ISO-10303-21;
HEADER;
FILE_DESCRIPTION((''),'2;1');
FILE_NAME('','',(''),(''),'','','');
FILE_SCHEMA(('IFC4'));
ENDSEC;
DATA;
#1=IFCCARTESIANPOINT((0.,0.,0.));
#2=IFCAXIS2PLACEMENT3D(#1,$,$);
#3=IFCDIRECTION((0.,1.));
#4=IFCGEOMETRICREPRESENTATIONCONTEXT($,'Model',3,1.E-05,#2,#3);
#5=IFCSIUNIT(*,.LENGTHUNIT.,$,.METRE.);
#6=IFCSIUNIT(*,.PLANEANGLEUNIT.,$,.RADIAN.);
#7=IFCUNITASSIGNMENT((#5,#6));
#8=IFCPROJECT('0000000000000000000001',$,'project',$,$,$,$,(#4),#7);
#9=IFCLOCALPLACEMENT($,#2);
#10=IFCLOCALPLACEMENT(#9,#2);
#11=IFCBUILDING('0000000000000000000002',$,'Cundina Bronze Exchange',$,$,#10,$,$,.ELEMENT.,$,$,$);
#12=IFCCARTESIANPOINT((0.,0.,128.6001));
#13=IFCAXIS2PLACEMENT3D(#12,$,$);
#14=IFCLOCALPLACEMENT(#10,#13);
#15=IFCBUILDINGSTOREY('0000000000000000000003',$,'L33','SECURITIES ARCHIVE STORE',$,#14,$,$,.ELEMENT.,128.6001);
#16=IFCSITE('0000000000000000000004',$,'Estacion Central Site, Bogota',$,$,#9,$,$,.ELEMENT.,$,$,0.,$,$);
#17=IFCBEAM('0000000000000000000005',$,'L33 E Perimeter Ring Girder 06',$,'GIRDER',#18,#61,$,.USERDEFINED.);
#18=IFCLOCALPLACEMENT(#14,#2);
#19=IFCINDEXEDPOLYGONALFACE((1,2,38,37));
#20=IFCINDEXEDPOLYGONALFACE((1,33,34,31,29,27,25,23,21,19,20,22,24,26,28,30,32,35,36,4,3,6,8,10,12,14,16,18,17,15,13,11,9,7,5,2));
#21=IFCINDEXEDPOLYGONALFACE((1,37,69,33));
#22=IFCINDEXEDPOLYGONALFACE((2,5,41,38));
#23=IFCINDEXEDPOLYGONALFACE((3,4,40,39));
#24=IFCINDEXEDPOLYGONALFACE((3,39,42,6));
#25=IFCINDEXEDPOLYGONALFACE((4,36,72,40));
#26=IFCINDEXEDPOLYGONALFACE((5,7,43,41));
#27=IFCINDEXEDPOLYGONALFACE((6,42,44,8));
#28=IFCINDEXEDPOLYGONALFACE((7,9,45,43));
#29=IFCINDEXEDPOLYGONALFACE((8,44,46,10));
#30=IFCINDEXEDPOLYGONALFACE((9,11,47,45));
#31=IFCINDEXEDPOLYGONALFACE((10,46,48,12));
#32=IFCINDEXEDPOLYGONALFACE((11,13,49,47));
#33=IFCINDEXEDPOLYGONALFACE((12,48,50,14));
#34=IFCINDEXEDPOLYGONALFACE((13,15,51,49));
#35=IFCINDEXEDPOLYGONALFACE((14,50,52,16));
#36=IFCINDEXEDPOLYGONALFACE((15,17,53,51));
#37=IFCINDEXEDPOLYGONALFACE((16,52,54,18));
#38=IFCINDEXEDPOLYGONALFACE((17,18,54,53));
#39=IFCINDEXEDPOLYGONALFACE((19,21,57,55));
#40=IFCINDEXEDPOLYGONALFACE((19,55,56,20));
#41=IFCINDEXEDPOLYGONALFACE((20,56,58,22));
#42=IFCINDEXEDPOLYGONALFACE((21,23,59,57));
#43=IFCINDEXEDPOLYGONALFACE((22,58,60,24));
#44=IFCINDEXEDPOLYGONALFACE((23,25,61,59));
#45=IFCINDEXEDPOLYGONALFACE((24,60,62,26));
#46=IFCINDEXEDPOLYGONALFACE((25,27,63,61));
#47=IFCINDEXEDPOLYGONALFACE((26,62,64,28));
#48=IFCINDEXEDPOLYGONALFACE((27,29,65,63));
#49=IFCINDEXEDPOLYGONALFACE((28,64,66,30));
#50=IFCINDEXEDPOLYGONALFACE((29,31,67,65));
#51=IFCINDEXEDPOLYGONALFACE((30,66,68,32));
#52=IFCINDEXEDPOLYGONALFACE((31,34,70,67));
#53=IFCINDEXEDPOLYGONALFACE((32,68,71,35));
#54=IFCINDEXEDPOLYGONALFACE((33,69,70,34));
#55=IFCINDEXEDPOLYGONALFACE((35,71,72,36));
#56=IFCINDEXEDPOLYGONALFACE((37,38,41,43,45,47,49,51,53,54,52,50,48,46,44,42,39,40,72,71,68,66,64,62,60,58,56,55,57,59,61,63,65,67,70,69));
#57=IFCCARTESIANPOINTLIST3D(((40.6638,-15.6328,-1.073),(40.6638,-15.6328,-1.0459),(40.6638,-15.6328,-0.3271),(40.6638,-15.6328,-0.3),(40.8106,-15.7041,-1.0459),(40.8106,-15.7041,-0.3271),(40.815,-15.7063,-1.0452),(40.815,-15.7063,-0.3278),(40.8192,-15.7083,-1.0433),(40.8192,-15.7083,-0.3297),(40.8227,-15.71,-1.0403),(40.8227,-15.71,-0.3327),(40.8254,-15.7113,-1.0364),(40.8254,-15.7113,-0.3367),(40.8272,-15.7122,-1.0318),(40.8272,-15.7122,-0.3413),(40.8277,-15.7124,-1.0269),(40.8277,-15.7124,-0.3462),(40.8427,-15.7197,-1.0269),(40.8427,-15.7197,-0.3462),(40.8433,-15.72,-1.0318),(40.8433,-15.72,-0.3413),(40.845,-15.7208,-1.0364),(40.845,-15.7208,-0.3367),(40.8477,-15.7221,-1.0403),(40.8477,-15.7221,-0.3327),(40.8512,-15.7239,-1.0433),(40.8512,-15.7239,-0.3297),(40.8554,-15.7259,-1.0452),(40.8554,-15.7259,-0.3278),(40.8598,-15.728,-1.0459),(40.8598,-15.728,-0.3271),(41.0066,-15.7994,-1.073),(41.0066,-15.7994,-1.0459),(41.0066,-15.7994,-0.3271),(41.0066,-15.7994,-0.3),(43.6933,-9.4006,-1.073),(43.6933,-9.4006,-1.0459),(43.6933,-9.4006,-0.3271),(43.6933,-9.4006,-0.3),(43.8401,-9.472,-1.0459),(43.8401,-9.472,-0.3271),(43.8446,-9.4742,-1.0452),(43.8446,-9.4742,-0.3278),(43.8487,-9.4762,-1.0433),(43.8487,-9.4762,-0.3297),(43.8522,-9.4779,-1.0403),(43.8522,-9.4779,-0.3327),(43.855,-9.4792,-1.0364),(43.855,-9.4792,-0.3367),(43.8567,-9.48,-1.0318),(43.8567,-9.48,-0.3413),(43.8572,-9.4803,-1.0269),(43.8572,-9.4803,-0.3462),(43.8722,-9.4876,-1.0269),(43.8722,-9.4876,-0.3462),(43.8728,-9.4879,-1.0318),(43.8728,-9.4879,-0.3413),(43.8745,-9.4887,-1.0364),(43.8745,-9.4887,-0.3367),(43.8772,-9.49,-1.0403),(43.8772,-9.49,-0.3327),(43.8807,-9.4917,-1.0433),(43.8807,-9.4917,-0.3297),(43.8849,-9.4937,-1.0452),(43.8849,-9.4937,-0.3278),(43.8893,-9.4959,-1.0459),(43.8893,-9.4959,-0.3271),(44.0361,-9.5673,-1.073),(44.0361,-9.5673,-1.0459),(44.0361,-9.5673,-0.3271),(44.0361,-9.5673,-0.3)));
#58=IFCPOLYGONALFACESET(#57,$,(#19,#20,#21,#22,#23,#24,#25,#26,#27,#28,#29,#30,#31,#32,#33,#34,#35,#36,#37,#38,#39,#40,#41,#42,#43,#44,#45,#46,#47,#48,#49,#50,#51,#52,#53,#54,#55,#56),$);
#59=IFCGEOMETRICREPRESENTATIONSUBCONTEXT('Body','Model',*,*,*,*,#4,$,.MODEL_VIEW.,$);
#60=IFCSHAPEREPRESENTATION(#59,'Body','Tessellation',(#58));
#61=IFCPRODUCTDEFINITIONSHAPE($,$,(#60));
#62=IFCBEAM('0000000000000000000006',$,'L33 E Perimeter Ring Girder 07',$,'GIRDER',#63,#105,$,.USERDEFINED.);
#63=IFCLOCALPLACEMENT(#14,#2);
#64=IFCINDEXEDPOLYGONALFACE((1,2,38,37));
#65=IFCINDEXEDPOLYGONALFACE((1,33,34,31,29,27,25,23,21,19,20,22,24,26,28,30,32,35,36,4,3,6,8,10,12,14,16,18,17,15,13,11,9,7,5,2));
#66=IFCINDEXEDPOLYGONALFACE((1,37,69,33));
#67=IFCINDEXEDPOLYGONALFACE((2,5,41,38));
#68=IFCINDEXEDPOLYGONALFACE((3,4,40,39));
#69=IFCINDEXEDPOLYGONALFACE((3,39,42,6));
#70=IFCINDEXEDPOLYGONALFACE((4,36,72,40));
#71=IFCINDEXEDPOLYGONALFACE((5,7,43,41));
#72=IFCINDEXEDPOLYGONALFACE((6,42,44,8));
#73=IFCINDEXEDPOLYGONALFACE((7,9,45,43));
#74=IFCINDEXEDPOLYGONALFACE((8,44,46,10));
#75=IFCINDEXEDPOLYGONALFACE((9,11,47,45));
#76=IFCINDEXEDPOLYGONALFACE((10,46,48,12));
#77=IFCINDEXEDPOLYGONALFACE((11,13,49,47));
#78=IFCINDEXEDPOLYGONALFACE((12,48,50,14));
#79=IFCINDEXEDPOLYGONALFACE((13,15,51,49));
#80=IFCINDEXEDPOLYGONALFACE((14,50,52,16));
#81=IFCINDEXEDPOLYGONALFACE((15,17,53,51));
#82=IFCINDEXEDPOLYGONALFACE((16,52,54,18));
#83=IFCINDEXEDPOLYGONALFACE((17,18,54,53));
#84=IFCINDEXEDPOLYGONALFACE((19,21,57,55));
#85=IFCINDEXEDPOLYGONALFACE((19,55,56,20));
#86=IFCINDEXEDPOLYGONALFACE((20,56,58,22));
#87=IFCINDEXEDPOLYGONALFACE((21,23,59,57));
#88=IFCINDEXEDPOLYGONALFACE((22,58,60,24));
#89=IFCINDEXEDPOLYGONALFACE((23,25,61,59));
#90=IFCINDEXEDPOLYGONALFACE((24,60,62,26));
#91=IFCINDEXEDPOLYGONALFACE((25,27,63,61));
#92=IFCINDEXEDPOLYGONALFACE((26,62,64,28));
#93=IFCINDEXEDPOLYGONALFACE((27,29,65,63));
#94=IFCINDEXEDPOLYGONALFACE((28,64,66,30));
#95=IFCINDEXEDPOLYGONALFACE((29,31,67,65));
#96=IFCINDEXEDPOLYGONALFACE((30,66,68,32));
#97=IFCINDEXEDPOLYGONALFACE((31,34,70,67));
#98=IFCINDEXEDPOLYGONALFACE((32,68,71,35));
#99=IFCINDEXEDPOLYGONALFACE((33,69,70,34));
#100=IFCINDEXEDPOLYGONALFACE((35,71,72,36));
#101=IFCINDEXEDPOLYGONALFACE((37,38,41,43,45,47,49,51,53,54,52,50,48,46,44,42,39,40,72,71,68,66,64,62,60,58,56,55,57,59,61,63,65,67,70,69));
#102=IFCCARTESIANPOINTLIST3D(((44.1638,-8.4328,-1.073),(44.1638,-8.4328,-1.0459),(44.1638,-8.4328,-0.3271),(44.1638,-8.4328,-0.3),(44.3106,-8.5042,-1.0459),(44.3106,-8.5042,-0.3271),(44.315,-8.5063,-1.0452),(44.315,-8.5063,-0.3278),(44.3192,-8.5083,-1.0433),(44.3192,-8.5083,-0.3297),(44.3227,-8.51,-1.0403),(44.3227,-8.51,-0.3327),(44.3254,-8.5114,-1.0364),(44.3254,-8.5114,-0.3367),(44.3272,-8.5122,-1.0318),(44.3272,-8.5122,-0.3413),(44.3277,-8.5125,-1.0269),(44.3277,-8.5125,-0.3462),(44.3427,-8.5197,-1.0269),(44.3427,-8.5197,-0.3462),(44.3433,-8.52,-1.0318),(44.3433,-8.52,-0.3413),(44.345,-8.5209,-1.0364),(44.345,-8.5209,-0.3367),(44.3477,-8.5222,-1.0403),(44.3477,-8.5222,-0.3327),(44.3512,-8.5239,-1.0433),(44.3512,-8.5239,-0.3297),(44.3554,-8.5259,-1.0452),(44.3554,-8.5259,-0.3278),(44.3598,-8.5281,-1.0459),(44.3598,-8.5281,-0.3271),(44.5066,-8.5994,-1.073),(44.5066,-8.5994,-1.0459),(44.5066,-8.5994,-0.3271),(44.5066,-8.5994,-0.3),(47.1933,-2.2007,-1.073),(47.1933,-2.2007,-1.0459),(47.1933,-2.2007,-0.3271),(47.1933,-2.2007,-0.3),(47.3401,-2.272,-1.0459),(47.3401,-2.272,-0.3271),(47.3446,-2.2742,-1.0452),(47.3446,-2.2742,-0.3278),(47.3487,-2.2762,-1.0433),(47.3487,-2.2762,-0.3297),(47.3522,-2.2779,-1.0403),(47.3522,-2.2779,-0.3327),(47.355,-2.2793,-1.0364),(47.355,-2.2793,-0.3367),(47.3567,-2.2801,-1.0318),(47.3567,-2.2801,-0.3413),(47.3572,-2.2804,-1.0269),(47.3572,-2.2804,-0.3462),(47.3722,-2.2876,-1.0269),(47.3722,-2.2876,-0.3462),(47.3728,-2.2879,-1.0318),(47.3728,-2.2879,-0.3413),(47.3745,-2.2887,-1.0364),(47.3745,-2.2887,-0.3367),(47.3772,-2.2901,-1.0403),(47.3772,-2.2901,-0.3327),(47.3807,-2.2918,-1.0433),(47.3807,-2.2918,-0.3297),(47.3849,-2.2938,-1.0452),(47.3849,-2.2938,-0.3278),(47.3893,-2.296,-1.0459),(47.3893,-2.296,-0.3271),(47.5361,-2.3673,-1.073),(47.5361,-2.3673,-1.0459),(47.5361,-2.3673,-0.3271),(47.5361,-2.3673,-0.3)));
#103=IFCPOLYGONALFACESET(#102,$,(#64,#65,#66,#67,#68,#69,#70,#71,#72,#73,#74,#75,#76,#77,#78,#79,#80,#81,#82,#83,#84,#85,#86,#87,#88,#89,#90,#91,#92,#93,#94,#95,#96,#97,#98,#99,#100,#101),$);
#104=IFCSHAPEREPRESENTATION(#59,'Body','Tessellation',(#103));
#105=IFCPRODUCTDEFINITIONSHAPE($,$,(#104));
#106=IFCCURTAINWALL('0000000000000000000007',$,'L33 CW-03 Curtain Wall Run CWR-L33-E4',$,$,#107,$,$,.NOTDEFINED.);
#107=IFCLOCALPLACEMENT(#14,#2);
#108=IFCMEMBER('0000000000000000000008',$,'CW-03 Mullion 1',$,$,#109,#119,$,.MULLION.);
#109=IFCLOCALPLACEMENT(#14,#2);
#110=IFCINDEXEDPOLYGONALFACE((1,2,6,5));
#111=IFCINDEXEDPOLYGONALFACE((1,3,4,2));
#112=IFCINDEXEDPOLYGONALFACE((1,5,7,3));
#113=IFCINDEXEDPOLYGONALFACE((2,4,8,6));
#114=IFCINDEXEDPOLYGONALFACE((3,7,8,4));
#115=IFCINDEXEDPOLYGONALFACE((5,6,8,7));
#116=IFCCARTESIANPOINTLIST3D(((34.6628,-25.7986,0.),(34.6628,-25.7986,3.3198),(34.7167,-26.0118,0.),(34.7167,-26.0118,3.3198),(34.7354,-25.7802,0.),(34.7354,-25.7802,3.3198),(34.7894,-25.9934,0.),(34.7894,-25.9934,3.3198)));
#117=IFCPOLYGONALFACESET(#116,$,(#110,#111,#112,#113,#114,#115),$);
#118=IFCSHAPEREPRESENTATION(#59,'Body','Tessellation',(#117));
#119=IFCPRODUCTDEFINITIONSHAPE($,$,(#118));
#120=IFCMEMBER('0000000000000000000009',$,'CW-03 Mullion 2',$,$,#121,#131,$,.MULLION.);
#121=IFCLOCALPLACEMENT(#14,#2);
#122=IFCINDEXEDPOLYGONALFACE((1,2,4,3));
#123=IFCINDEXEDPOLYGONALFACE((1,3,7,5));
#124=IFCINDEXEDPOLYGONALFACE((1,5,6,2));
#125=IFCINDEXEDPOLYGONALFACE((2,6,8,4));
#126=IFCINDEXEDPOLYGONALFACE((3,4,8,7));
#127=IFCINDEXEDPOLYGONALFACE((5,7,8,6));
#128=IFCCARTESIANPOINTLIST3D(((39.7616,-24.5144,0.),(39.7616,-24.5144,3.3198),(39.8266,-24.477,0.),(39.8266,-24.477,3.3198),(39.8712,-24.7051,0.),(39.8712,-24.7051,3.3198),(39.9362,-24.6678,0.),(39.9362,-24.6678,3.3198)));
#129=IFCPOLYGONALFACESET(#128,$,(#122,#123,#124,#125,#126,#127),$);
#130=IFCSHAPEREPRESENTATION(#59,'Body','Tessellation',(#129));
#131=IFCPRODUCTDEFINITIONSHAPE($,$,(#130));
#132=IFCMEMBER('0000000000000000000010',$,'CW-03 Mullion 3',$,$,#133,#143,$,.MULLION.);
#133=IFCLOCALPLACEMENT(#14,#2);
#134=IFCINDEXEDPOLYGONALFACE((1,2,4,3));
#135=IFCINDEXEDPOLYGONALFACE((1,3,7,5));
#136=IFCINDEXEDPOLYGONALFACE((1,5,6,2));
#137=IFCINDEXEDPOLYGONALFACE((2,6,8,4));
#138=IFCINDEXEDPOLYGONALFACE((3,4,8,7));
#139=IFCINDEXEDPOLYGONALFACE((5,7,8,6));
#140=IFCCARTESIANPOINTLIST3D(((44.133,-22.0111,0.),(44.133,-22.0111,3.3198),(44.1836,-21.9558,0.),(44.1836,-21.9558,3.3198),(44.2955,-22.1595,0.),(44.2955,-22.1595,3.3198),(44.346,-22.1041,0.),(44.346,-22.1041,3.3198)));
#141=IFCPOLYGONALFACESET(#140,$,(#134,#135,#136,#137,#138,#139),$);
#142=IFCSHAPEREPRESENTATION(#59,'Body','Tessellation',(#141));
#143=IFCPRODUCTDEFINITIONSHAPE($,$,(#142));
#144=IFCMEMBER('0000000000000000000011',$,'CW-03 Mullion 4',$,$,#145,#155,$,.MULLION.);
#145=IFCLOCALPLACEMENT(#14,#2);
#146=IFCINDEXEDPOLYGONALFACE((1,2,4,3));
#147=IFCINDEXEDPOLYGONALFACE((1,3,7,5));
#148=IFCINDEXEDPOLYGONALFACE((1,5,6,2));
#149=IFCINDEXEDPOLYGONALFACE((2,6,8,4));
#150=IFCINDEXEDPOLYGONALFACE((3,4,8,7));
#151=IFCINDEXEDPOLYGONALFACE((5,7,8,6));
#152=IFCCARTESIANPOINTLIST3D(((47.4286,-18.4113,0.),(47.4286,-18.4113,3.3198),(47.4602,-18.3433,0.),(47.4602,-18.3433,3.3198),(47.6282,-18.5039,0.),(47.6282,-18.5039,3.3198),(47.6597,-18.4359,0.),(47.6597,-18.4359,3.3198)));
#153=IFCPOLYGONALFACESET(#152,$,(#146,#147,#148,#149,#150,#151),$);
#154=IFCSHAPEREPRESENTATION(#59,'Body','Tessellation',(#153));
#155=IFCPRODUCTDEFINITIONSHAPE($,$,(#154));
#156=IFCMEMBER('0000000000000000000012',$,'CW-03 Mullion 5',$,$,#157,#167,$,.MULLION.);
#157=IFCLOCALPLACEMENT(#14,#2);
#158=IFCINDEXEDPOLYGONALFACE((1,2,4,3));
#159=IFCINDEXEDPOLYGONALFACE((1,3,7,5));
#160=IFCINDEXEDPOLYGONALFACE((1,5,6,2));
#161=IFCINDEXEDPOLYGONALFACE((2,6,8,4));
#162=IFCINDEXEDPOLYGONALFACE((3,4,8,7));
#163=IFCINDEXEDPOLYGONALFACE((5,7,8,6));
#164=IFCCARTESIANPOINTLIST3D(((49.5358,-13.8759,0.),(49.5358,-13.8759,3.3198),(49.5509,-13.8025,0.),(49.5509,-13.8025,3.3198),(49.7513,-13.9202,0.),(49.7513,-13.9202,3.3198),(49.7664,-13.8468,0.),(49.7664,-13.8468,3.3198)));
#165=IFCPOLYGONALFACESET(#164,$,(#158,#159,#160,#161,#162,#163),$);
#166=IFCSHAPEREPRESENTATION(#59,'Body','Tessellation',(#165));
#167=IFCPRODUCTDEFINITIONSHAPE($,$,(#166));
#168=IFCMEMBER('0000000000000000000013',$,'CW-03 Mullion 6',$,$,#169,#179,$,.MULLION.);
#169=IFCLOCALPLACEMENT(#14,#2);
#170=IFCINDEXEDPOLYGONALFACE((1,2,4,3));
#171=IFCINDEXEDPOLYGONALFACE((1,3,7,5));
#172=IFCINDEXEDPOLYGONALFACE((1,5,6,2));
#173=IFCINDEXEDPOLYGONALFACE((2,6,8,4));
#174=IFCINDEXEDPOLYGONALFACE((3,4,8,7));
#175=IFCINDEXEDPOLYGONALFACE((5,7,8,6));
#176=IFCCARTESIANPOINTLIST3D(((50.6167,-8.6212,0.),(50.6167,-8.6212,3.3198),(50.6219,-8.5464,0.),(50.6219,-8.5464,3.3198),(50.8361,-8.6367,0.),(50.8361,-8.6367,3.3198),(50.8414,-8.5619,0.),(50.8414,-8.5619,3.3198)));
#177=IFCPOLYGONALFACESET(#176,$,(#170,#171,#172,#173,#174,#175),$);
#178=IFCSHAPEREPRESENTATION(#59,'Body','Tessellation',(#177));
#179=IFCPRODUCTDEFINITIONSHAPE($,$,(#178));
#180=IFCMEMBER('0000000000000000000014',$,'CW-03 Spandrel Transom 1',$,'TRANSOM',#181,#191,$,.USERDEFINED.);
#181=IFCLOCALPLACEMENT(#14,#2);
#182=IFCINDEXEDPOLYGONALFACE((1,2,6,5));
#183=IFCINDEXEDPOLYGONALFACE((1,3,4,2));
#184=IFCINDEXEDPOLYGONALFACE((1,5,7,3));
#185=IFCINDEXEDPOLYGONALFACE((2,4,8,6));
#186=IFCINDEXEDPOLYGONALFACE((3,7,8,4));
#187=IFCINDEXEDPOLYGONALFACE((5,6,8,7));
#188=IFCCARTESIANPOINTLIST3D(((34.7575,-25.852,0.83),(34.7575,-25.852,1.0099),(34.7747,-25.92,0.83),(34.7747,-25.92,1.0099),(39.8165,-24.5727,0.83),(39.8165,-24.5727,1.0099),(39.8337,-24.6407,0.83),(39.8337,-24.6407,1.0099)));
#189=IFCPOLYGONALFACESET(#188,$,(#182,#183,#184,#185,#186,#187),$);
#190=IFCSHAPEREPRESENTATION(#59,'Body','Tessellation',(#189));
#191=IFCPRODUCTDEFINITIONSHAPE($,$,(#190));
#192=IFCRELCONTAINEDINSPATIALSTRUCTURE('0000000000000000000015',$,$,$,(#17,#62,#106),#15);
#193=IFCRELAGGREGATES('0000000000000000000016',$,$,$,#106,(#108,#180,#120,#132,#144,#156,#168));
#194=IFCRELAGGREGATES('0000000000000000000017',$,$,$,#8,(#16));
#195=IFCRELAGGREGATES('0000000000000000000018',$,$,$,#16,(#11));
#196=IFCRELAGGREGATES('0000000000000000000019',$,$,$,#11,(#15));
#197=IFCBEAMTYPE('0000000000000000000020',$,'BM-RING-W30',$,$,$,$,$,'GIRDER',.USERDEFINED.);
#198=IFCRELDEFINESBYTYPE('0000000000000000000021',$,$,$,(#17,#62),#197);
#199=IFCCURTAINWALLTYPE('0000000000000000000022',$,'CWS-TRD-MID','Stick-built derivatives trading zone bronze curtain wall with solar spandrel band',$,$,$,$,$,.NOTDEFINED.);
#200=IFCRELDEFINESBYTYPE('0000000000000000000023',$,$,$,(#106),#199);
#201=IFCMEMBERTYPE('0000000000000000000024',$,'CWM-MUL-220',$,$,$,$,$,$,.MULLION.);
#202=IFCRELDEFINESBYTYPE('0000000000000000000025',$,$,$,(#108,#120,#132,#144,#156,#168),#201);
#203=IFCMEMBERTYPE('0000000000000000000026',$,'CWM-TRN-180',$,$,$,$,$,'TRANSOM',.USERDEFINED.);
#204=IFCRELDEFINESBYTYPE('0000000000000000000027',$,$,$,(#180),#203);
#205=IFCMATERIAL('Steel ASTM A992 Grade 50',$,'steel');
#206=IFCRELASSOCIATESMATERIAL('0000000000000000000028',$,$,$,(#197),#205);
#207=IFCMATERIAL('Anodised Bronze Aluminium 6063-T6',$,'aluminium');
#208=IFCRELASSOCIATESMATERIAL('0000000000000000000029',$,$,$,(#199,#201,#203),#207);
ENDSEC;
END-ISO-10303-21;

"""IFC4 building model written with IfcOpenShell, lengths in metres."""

from ifc_helpers import new_model, si_unit, direction, frame, origin, origin_2d, place, context, subcontext, project, spatial, rectangle, i_section, extrude, material, material_profile, profile_set, type_object, element, aggregate, save


model = new_model("IFC4")

# Units and contexts
model_context = context("Model", 3, precision=1e-05, world=origin(), true_north=direction((0.0, 1.0)))
body_context = subcontext(model_context, "Body", "Model", "MODEL_VIEW")
ifc_project = project(units=[si_unit("LENGTHUNIT", "METRE"), si_unit("PLANEANGLEUNIT", "RADIAN")], contexts=[model_context])

# Site, building, storey
site_placement = place(None, origin())
site = spatial("IfcSite", under=ifc_project, at=site_placement, Name="Estacion Central Site, Bogota", CompositionType="ELEMENT", RefElevation=0.0)
building_placement = place(site_placement, origin())
building = spatial("IfcBuilding", under=site, at=building_placement, Name="Cundina Bronze Exchange", CompositionType="ELEMENT")
storey_placement = place(building_placement, frame((0.0, 0.0, 128.6001)))
storey = spatial("IfcBuildingStorey", under=building, at=storey_placement, Name="L33", Description="SECURITIES ARCHIVE STORE", CompositionType="ELEMENT", Elevation=128.6001)

# Beams
ifc_material_1 = material(Name="Steel ASTM A992 Grade 50", Category="steel")
ifc_material_profile_1 = material_profile(ifc_material_1, i_section(OverallWidth=0.3811, OverallDepth=0.7729, WebThickness=0.0166, FlangeThickness=0.0271, FilletRadius=0.019, at=origin_2d()), Name="W30X173", Category="steel")
ifc_profile_set_1 = profile_set([ifc_material_profile_1], Name="Steel ASTM A992 Grade 50")
beam_type_1 = type_object("IfcBeamType", Name="BM-RING-W30", ElementType="GIRDER", PredefinedType="USERDEFINED", material=ifc_profile_set_1)
for number, where, z_axis, x_axis, name in (
    (1, (40.8352, -15.7161, -0.6865), (0.437194, 0.899367, 0.0), (-0.899367, 0.437194, 0.0), "L33 E Perimeter Ring Girder 06"),
    (2, (44.3352, -8.5161, -0.6865), (0.437194, 0.899367, 0.0), (-0.899367, 0.437194, 0.0), "L33 E Perimeter Ring Girder 07"),
):
    element("IfcBeam", number, at=place(storey_placement, frame(where, z_axis=z_axis, x_axis=x_axis)), inside=storey, type_object=beam_type_1, Name=name, ObjectType="GIRDER", PredefinedType="USERDEFINED", context=body_context, shape_type="SweptSolid", body=[
        extrude(i_section(OverallWidth=0.3811, OverallDepth=0.7729, WebThickness=0.0166, FlangeThickness=0.0271, FilletRadius=0.019, at=origin_2d()), origin(), (0.0, 0.0, 1.0), 6.9294),
    ])

# Curtain wall, members
ifc_material_2 = material(Name="Anodised Bronze Aluminium 6063-T6", Category="aluminium")
curtain_wall_type = type_object("IfcCurtainWallType", Name="CWS-TRD-MID", Description="Stick-built derivatives trading zone bronze curtain wall with solar spandrel band", PredefinedType="NOTDEFINED", material=ifc_material_2)
curtain_wall_placement = place(storey_placement, origin())
curtain_wall = element("IfcCurtainWall", 3, at=curtain_wall_placement, inside=storey, type_object=curtain_wall_type, Name="L33 CW-03 Curtain Wall Run CWR-L33-E4", PredefinedType="NOTDEFINED")
ifc_material_profile_2 = material_profile(ifc_material_2, rectangle(XDim=0.075, YDim=0.22, at=origin_2d()), Name="AL75X220", Category="aluminium")
ifc_profile_set_2 = profile_set([ifc_material_profile_2], Name="Anodised Bronze Aluminium 6063-T6")
member_type_1 = type_object("IfcMemberType", Name="CWM-MUL-220", PredefinedType="MULLION", material=ifc_profile_set_2)
member_1_placement = place(storey_placement, frame((34.7261, -25.896, 0.0), z_axis=(0.0, 0.0, 1.0), x_axis=(0.969488, 0.245138, 0.0)))
member_1 = element("IfcMember", 4, at=member_1_placement, type_object=member_type_1, Name="CW-03 Mullion 1", PredefinedType="MULLION", context=body_context, shape_type="SweptSolid", body=[
    extrude(rectangle(XDim=0.075, YDim=0.22, at=origin_2d()), origin(), (0.0, 0.0, 1.0), 3.3198),
])
member_2_placement = place(storey_placement, frame((39.8489, -24.5911, 0.0), z_axis=(0.0, 0.0, 1.0), x_axis=(0.867071, 0.498185, 0.0)))
member_2 = element("IfcMember", 5, at=member_2_placement, type_object=member_type_1, Name="CW-03 Mullion 2", PredefinedType="MULLION", context=body_context, shape_type="SweptSolid", body=[
    extrude(rectangle(XDim=0.075, YDim=0.22, at=origin_2d()), origin(), (0.0, 0.0, 1.0), 3.3198),
])
member_3_placement = place(storey_placement, frame((44.2395, -22.0576, 0.0), z_axis=(0.0, 0.0, 1.0), x_axis=(0.674302, 0.738455, 0.0)))
member_3 = element("IfcMember", 6, at=member_3_placement, type_object=member_type_1, Name="CW-03 Mullion 3", PredefinedType="MULLION", context=body_context, shape_type="SweptSolid", body=[
    extrude(rectangle(XDim=0.075, YDim=0.22, at=origin_2d()), origin(), (0.0, 0.0, 1.0), 3.3198),
])
member_4_placement = place(storey_placement, frame((47.5442, -18.4236, 0.0), z_axis=(0.0, 0.0, 1.0), x_axis=(0.420877, 0.907117, 0.0)))
member_4 = element("IfcMember", 7, at=member_4_placement, type_object=member_type_1, Name="CW-03 Mullion 4", PredefinedType="MULLION", context=body_context, shape_type="SweptSolid", body=[
    extrude(rectangle(XDim=0.075, YDim=0.22, at=origin_2d()), origin(), (0.0, 0.0, 1.0), 3.3198),
])
member_5_placement = place(storey_placement, frame((49.6511, -13.8613, 0.0), z_axis=(0.0, 0.0, 1.0), x_axis=(0.20142, 0.979505, 0.0)))
member_5 = element("IfcMember", 8, at=member_5_placement, type_object=member_type_1, Name="CW-03 Mullion 5", PredefinedType="MULLION", context=body_context, shape_type="SweptSolid", body=[
    extrude(rectangle(XDim=0.075, YDim=0.22, at=origin_2d()), origin(), (0.0, 0.0, 1.0), 3.3198),
])
member_6_placement = place(storey_placement, frame((50.729, -8.5916, 0.0), z_axis=(0.0, 0.0, 1.0), x_axis=(0.070279, 0.997527, 0.0)))
member_6 = element("IfcMember", 9, at=member_6_placement, type_object=member_type_1, Name="CW-03 Mullion 6", PredefinedType="MULLION", context=body_context, shape_type="SweptSolid", body=[
    extrude(rectangle(XDim=0.075, YDim=0.22, at=origin_2d()), origin(), (0.0, 0.0, 1.0), 3.3198),
])
ifc_material_profile_3 = material_profile(ifc_material_2, rectangle(XDim=0.0701, YDim=0.1799, at=origin_2d()), Name="AL70X180", Category="aluminium")
ifc_profile_set_3 = profile_set([ifc_material_profile_3], Name="Anodised Bronze Aluminium 6063-T6")
member_type_2 = type_object("IfcMemberType", Name="CWM-TRN-180", ElementType="TRANSOM", PredefinedType="USERDEFINED", material=ifc_profile_set_3)
member_7_placement = place(storey_placement, frame((34.7661, -25.886, 0.9199), z_axis=(0.969484, 0.245155, 0.0), x_axis=(-0.245155, 0.969484, 0.0)))
member_7 = element("IfcMember", 10, at=member_7_placement, type_object=member_type_2, Name="CW-03 Spandrel Transom 1", ObjectType="TRANSOM", PredefinedType="USERDEFINED", context=body_context, shape_type="SweptSolid", body=[
    extrude(rectangle(XDim=0.0701, YDim=0.1799, at=origin_2d()), origin(), (0.0, 0.0, 1.0), 5.2183),
])
aggregate(curtain_wall, [member_1, member_7, member_2, member_3, member_4, member_5, member_6])

save(model, "model.ifc")
